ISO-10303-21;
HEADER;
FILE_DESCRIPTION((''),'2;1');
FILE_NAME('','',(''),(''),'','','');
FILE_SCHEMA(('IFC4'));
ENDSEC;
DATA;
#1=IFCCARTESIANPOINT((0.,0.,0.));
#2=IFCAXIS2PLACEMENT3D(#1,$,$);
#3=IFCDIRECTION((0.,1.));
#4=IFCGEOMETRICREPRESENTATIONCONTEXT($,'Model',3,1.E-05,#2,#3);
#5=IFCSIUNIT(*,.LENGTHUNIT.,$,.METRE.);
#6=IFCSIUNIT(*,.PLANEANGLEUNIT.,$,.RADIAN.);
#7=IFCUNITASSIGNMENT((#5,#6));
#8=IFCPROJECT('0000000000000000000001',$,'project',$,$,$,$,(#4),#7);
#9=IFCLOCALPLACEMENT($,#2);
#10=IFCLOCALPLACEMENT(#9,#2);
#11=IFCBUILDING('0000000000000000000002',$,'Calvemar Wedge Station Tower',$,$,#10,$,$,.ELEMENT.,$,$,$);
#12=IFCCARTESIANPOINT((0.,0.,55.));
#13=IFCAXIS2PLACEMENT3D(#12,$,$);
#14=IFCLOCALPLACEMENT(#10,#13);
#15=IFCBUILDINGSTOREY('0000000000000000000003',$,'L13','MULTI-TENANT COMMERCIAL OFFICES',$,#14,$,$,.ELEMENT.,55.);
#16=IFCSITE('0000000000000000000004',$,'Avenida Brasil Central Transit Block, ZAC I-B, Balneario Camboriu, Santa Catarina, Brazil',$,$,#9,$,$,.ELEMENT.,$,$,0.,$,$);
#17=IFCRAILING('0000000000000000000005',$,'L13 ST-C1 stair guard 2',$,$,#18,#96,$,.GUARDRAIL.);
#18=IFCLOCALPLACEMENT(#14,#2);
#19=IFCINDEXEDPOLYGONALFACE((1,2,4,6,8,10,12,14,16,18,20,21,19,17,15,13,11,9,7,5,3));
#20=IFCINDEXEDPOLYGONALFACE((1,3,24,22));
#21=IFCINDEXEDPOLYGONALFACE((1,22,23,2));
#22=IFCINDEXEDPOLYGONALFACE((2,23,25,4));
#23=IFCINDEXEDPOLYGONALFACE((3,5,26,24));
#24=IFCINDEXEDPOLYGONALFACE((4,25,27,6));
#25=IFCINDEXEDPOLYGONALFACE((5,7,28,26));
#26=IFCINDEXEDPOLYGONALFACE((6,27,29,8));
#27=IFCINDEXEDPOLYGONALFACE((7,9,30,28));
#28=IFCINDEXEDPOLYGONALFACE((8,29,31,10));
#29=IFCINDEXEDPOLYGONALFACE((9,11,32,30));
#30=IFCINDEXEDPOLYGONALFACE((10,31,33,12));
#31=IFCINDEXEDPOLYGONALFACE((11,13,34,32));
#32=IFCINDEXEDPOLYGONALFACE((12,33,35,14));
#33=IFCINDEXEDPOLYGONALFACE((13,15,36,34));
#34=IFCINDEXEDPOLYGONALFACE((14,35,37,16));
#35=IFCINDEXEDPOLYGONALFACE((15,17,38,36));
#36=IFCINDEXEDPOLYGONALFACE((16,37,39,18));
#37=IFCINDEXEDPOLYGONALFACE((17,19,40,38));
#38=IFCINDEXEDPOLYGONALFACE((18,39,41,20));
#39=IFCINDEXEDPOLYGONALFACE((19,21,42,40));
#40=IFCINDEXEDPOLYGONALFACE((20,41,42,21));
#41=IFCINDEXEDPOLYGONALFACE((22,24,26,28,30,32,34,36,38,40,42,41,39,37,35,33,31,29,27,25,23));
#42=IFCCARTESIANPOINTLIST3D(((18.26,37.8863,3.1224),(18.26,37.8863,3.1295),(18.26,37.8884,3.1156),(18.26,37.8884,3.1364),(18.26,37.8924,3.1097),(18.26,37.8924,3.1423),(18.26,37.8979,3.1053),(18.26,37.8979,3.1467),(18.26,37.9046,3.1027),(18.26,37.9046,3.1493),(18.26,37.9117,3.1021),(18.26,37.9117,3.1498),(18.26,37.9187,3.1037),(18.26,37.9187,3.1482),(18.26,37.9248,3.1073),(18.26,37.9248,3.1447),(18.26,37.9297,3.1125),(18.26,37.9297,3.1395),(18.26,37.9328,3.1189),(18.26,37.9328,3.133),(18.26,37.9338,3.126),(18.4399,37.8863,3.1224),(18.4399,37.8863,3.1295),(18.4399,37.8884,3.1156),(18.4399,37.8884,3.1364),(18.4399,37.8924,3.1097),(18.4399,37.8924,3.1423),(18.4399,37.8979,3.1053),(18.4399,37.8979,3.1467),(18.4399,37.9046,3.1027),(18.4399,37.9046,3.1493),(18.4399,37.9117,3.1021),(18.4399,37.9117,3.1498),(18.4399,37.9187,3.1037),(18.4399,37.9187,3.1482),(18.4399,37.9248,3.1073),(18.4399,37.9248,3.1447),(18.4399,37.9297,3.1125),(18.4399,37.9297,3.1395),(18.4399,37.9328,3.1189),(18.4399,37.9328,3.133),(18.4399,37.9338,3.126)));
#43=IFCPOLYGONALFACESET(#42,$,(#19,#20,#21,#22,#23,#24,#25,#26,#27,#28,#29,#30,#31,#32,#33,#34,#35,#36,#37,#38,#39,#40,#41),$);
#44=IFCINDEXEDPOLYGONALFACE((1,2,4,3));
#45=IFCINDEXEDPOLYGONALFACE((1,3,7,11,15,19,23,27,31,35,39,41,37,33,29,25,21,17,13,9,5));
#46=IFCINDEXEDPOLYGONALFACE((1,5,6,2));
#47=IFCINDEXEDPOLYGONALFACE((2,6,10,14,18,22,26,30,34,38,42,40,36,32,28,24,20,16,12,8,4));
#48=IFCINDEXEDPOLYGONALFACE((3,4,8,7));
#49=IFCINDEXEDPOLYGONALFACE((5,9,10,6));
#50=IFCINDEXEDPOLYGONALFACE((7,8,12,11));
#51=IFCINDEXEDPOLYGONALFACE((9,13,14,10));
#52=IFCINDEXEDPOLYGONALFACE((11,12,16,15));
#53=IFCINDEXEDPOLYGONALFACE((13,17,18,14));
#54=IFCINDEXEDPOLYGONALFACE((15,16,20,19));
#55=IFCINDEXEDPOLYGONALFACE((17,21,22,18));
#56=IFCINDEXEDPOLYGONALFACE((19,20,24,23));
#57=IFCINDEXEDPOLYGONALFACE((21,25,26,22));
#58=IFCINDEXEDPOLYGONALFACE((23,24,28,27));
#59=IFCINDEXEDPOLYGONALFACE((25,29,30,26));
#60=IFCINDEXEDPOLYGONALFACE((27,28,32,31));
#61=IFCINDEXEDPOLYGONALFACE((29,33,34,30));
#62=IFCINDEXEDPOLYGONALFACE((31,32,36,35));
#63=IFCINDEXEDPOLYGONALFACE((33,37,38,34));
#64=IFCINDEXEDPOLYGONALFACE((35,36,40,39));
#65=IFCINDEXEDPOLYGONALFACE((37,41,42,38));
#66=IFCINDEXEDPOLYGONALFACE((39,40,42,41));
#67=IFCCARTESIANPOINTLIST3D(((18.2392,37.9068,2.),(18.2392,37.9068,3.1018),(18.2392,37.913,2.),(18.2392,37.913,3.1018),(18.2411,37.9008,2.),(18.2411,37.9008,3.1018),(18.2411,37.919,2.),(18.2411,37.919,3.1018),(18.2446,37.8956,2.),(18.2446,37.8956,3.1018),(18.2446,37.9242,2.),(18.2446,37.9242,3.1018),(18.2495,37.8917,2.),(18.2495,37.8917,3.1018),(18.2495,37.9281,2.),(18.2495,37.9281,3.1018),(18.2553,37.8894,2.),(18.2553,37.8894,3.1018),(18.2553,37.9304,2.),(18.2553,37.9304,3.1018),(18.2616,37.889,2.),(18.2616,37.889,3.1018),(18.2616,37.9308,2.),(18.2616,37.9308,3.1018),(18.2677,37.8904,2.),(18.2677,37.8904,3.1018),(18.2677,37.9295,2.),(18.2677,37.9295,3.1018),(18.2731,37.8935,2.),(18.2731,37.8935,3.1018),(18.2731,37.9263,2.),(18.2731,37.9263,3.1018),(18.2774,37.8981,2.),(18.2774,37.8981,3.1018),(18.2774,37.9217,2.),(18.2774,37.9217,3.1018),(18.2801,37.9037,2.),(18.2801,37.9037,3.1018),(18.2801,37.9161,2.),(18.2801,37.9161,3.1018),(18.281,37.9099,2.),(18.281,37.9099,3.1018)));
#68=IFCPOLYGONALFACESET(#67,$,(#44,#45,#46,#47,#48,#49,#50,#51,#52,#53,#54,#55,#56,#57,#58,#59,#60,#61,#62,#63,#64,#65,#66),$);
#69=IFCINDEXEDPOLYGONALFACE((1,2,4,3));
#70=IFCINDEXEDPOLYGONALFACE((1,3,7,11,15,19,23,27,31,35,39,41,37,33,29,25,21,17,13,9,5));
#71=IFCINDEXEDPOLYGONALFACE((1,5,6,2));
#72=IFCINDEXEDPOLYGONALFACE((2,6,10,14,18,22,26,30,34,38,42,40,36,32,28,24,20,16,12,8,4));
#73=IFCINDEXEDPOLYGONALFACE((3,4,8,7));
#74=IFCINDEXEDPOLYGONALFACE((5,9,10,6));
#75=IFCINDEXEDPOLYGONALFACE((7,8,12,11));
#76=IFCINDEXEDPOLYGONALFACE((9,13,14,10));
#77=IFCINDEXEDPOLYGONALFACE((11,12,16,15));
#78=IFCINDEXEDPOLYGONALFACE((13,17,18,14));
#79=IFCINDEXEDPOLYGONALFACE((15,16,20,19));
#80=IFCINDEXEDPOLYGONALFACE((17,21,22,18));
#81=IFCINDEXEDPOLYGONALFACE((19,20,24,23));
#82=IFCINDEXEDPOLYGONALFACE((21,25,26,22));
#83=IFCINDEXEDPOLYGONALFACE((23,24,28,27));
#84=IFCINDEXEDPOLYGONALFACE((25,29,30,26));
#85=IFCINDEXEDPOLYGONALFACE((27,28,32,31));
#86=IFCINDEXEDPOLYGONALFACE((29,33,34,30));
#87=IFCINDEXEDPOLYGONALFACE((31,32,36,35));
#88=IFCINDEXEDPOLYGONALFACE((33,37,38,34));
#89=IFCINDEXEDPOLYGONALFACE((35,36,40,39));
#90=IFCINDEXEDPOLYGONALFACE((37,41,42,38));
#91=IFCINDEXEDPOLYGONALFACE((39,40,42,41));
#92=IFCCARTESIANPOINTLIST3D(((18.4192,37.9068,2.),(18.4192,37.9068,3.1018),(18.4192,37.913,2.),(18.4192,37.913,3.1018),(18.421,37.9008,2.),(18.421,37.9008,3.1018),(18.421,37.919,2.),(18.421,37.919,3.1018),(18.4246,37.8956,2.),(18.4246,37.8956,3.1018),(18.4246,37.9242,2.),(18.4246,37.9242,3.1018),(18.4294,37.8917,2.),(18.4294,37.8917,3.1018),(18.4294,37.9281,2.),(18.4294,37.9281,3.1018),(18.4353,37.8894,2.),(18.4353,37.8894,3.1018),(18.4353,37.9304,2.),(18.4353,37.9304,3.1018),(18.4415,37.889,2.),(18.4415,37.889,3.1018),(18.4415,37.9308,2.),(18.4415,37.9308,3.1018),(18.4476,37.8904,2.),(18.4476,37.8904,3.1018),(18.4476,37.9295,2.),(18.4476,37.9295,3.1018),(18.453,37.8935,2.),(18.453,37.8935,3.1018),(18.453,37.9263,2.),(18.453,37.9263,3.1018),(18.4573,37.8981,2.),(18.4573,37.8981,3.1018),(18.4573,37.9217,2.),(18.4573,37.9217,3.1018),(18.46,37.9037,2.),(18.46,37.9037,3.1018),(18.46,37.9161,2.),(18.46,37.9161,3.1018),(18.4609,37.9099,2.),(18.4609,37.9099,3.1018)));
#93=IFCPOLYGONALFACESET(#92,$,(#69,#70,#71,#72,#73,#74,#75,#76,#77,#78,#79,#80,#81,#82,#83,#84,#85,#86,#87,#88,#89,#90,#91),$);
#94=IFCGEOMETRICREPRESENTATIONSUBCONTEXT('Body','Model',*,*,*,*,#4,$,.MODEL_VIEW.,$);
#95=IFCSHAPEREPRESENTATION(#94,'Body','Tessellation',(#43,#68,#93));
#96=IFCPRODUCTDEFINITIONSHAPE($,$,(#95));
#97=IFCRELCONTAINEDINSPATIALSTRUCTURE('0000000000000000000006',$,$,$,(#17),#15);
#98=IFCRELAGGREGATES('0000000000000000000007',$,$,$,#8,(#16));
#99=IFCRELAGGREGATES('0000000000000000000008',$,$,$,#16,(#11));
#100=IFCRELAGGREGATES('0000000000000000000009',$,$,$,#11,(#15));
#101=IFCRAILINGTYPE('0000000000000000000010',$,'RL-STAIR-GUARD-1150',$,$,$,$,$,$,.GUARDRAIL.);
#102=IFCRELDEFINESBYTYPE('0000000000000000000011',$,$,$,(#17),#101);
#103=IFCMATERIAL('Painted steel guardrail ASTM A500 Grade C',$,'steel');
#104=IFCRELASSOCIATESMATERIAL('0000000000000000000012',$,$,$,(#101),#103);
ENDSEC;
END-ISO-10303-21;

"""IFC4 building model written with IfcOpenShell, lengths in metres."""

from ifc_helpers import new_model, si_unit, direction, frame, origin, origin_2d, place, context, subcontext, project, spatial, circle, extrude, material, type_object, element, save


model = new_model("IFC4")

# Units and contexts
model_context = context("Model", 3, precision=1e-05, world=origin(), true_north=direction((0.0, 1.0)))
body_context = subcontext(model_context, "Body", "Model", "MODEL_VIEW")
ifc_project = project(units=[si_unit("LENGTHUNIT", "METRE"), si_unit("PLANEANGLEUNIT", "RADIAN")], contexts=[model_context])

# Site, building, storey
site_placement = place(None, origin())
site = spatial("IfcSite", under=ifc_project, at=site_placement, Name="Avenida Brasil Central Transit Block, ZAC I-B, Balneario Camboriu, Santa Catarina, Brazil", CompositionType="ELEMENT", RefElevation=0.0)
building_placement = place(site_placement, origin())
building = spatial("IfcBuilding", under=site, at=building_placement, Name="Calvemar Wedge Station Tower", CompositionType="ELEMENT")
storey_placement = place(building_placement, frame((0.0, 0.0, 55.0)))
storey = spatial("IfcBuildingStorey", under=building, at=storey_placement, Name="L13", Description="MULTI-TENANT COMMERCIAL OFFICES", CompositionType="ELEMENT", Elevation=55.0)

# Railing
ifc_material_1 = material(Name="Painted steel guardrail ASTM A500 Grade C", Category="steel")
railing_type_1 = type_object("IfcRailingType", Name="RL-STAIR-GUARD-1150", PredefinedType="GUARDRAIL", material=ifc_material_1)
railing_1_placement = place(storey_placement, frame((18.26, 37.9099, 2.0)))
element("IfcRailing", 1, at=railing_1_placement, inside=storey, type_object=railing_type_1, Name="L13 ST-C1 stair guard 2", PredefinedType="GUARDRAIL", context=body_context, shape_type="SweptSolid", body=[
    extrude(circle(Radius=0.0239, at=origin_2d()), frame((0.0, 0.0, 1.126), z_axis=(1.0, 0.0, 0.0), x_axis=(0.0, 1.0, 0.0)), (0.0, 0.0, 1.0), 0.1799),
    extrude(circle(Radius=0.021, at=origin_2d()), origin(), (0.0, 0.0, 1.0), 1.1018),
    extrude(circle(Radius=0.021, at=origin_2d()), frame((0.1799, 0.0, 0.0)), (0.0, 0.0, 1.0), 1.1018),
])

save(model, "model.ifc")
